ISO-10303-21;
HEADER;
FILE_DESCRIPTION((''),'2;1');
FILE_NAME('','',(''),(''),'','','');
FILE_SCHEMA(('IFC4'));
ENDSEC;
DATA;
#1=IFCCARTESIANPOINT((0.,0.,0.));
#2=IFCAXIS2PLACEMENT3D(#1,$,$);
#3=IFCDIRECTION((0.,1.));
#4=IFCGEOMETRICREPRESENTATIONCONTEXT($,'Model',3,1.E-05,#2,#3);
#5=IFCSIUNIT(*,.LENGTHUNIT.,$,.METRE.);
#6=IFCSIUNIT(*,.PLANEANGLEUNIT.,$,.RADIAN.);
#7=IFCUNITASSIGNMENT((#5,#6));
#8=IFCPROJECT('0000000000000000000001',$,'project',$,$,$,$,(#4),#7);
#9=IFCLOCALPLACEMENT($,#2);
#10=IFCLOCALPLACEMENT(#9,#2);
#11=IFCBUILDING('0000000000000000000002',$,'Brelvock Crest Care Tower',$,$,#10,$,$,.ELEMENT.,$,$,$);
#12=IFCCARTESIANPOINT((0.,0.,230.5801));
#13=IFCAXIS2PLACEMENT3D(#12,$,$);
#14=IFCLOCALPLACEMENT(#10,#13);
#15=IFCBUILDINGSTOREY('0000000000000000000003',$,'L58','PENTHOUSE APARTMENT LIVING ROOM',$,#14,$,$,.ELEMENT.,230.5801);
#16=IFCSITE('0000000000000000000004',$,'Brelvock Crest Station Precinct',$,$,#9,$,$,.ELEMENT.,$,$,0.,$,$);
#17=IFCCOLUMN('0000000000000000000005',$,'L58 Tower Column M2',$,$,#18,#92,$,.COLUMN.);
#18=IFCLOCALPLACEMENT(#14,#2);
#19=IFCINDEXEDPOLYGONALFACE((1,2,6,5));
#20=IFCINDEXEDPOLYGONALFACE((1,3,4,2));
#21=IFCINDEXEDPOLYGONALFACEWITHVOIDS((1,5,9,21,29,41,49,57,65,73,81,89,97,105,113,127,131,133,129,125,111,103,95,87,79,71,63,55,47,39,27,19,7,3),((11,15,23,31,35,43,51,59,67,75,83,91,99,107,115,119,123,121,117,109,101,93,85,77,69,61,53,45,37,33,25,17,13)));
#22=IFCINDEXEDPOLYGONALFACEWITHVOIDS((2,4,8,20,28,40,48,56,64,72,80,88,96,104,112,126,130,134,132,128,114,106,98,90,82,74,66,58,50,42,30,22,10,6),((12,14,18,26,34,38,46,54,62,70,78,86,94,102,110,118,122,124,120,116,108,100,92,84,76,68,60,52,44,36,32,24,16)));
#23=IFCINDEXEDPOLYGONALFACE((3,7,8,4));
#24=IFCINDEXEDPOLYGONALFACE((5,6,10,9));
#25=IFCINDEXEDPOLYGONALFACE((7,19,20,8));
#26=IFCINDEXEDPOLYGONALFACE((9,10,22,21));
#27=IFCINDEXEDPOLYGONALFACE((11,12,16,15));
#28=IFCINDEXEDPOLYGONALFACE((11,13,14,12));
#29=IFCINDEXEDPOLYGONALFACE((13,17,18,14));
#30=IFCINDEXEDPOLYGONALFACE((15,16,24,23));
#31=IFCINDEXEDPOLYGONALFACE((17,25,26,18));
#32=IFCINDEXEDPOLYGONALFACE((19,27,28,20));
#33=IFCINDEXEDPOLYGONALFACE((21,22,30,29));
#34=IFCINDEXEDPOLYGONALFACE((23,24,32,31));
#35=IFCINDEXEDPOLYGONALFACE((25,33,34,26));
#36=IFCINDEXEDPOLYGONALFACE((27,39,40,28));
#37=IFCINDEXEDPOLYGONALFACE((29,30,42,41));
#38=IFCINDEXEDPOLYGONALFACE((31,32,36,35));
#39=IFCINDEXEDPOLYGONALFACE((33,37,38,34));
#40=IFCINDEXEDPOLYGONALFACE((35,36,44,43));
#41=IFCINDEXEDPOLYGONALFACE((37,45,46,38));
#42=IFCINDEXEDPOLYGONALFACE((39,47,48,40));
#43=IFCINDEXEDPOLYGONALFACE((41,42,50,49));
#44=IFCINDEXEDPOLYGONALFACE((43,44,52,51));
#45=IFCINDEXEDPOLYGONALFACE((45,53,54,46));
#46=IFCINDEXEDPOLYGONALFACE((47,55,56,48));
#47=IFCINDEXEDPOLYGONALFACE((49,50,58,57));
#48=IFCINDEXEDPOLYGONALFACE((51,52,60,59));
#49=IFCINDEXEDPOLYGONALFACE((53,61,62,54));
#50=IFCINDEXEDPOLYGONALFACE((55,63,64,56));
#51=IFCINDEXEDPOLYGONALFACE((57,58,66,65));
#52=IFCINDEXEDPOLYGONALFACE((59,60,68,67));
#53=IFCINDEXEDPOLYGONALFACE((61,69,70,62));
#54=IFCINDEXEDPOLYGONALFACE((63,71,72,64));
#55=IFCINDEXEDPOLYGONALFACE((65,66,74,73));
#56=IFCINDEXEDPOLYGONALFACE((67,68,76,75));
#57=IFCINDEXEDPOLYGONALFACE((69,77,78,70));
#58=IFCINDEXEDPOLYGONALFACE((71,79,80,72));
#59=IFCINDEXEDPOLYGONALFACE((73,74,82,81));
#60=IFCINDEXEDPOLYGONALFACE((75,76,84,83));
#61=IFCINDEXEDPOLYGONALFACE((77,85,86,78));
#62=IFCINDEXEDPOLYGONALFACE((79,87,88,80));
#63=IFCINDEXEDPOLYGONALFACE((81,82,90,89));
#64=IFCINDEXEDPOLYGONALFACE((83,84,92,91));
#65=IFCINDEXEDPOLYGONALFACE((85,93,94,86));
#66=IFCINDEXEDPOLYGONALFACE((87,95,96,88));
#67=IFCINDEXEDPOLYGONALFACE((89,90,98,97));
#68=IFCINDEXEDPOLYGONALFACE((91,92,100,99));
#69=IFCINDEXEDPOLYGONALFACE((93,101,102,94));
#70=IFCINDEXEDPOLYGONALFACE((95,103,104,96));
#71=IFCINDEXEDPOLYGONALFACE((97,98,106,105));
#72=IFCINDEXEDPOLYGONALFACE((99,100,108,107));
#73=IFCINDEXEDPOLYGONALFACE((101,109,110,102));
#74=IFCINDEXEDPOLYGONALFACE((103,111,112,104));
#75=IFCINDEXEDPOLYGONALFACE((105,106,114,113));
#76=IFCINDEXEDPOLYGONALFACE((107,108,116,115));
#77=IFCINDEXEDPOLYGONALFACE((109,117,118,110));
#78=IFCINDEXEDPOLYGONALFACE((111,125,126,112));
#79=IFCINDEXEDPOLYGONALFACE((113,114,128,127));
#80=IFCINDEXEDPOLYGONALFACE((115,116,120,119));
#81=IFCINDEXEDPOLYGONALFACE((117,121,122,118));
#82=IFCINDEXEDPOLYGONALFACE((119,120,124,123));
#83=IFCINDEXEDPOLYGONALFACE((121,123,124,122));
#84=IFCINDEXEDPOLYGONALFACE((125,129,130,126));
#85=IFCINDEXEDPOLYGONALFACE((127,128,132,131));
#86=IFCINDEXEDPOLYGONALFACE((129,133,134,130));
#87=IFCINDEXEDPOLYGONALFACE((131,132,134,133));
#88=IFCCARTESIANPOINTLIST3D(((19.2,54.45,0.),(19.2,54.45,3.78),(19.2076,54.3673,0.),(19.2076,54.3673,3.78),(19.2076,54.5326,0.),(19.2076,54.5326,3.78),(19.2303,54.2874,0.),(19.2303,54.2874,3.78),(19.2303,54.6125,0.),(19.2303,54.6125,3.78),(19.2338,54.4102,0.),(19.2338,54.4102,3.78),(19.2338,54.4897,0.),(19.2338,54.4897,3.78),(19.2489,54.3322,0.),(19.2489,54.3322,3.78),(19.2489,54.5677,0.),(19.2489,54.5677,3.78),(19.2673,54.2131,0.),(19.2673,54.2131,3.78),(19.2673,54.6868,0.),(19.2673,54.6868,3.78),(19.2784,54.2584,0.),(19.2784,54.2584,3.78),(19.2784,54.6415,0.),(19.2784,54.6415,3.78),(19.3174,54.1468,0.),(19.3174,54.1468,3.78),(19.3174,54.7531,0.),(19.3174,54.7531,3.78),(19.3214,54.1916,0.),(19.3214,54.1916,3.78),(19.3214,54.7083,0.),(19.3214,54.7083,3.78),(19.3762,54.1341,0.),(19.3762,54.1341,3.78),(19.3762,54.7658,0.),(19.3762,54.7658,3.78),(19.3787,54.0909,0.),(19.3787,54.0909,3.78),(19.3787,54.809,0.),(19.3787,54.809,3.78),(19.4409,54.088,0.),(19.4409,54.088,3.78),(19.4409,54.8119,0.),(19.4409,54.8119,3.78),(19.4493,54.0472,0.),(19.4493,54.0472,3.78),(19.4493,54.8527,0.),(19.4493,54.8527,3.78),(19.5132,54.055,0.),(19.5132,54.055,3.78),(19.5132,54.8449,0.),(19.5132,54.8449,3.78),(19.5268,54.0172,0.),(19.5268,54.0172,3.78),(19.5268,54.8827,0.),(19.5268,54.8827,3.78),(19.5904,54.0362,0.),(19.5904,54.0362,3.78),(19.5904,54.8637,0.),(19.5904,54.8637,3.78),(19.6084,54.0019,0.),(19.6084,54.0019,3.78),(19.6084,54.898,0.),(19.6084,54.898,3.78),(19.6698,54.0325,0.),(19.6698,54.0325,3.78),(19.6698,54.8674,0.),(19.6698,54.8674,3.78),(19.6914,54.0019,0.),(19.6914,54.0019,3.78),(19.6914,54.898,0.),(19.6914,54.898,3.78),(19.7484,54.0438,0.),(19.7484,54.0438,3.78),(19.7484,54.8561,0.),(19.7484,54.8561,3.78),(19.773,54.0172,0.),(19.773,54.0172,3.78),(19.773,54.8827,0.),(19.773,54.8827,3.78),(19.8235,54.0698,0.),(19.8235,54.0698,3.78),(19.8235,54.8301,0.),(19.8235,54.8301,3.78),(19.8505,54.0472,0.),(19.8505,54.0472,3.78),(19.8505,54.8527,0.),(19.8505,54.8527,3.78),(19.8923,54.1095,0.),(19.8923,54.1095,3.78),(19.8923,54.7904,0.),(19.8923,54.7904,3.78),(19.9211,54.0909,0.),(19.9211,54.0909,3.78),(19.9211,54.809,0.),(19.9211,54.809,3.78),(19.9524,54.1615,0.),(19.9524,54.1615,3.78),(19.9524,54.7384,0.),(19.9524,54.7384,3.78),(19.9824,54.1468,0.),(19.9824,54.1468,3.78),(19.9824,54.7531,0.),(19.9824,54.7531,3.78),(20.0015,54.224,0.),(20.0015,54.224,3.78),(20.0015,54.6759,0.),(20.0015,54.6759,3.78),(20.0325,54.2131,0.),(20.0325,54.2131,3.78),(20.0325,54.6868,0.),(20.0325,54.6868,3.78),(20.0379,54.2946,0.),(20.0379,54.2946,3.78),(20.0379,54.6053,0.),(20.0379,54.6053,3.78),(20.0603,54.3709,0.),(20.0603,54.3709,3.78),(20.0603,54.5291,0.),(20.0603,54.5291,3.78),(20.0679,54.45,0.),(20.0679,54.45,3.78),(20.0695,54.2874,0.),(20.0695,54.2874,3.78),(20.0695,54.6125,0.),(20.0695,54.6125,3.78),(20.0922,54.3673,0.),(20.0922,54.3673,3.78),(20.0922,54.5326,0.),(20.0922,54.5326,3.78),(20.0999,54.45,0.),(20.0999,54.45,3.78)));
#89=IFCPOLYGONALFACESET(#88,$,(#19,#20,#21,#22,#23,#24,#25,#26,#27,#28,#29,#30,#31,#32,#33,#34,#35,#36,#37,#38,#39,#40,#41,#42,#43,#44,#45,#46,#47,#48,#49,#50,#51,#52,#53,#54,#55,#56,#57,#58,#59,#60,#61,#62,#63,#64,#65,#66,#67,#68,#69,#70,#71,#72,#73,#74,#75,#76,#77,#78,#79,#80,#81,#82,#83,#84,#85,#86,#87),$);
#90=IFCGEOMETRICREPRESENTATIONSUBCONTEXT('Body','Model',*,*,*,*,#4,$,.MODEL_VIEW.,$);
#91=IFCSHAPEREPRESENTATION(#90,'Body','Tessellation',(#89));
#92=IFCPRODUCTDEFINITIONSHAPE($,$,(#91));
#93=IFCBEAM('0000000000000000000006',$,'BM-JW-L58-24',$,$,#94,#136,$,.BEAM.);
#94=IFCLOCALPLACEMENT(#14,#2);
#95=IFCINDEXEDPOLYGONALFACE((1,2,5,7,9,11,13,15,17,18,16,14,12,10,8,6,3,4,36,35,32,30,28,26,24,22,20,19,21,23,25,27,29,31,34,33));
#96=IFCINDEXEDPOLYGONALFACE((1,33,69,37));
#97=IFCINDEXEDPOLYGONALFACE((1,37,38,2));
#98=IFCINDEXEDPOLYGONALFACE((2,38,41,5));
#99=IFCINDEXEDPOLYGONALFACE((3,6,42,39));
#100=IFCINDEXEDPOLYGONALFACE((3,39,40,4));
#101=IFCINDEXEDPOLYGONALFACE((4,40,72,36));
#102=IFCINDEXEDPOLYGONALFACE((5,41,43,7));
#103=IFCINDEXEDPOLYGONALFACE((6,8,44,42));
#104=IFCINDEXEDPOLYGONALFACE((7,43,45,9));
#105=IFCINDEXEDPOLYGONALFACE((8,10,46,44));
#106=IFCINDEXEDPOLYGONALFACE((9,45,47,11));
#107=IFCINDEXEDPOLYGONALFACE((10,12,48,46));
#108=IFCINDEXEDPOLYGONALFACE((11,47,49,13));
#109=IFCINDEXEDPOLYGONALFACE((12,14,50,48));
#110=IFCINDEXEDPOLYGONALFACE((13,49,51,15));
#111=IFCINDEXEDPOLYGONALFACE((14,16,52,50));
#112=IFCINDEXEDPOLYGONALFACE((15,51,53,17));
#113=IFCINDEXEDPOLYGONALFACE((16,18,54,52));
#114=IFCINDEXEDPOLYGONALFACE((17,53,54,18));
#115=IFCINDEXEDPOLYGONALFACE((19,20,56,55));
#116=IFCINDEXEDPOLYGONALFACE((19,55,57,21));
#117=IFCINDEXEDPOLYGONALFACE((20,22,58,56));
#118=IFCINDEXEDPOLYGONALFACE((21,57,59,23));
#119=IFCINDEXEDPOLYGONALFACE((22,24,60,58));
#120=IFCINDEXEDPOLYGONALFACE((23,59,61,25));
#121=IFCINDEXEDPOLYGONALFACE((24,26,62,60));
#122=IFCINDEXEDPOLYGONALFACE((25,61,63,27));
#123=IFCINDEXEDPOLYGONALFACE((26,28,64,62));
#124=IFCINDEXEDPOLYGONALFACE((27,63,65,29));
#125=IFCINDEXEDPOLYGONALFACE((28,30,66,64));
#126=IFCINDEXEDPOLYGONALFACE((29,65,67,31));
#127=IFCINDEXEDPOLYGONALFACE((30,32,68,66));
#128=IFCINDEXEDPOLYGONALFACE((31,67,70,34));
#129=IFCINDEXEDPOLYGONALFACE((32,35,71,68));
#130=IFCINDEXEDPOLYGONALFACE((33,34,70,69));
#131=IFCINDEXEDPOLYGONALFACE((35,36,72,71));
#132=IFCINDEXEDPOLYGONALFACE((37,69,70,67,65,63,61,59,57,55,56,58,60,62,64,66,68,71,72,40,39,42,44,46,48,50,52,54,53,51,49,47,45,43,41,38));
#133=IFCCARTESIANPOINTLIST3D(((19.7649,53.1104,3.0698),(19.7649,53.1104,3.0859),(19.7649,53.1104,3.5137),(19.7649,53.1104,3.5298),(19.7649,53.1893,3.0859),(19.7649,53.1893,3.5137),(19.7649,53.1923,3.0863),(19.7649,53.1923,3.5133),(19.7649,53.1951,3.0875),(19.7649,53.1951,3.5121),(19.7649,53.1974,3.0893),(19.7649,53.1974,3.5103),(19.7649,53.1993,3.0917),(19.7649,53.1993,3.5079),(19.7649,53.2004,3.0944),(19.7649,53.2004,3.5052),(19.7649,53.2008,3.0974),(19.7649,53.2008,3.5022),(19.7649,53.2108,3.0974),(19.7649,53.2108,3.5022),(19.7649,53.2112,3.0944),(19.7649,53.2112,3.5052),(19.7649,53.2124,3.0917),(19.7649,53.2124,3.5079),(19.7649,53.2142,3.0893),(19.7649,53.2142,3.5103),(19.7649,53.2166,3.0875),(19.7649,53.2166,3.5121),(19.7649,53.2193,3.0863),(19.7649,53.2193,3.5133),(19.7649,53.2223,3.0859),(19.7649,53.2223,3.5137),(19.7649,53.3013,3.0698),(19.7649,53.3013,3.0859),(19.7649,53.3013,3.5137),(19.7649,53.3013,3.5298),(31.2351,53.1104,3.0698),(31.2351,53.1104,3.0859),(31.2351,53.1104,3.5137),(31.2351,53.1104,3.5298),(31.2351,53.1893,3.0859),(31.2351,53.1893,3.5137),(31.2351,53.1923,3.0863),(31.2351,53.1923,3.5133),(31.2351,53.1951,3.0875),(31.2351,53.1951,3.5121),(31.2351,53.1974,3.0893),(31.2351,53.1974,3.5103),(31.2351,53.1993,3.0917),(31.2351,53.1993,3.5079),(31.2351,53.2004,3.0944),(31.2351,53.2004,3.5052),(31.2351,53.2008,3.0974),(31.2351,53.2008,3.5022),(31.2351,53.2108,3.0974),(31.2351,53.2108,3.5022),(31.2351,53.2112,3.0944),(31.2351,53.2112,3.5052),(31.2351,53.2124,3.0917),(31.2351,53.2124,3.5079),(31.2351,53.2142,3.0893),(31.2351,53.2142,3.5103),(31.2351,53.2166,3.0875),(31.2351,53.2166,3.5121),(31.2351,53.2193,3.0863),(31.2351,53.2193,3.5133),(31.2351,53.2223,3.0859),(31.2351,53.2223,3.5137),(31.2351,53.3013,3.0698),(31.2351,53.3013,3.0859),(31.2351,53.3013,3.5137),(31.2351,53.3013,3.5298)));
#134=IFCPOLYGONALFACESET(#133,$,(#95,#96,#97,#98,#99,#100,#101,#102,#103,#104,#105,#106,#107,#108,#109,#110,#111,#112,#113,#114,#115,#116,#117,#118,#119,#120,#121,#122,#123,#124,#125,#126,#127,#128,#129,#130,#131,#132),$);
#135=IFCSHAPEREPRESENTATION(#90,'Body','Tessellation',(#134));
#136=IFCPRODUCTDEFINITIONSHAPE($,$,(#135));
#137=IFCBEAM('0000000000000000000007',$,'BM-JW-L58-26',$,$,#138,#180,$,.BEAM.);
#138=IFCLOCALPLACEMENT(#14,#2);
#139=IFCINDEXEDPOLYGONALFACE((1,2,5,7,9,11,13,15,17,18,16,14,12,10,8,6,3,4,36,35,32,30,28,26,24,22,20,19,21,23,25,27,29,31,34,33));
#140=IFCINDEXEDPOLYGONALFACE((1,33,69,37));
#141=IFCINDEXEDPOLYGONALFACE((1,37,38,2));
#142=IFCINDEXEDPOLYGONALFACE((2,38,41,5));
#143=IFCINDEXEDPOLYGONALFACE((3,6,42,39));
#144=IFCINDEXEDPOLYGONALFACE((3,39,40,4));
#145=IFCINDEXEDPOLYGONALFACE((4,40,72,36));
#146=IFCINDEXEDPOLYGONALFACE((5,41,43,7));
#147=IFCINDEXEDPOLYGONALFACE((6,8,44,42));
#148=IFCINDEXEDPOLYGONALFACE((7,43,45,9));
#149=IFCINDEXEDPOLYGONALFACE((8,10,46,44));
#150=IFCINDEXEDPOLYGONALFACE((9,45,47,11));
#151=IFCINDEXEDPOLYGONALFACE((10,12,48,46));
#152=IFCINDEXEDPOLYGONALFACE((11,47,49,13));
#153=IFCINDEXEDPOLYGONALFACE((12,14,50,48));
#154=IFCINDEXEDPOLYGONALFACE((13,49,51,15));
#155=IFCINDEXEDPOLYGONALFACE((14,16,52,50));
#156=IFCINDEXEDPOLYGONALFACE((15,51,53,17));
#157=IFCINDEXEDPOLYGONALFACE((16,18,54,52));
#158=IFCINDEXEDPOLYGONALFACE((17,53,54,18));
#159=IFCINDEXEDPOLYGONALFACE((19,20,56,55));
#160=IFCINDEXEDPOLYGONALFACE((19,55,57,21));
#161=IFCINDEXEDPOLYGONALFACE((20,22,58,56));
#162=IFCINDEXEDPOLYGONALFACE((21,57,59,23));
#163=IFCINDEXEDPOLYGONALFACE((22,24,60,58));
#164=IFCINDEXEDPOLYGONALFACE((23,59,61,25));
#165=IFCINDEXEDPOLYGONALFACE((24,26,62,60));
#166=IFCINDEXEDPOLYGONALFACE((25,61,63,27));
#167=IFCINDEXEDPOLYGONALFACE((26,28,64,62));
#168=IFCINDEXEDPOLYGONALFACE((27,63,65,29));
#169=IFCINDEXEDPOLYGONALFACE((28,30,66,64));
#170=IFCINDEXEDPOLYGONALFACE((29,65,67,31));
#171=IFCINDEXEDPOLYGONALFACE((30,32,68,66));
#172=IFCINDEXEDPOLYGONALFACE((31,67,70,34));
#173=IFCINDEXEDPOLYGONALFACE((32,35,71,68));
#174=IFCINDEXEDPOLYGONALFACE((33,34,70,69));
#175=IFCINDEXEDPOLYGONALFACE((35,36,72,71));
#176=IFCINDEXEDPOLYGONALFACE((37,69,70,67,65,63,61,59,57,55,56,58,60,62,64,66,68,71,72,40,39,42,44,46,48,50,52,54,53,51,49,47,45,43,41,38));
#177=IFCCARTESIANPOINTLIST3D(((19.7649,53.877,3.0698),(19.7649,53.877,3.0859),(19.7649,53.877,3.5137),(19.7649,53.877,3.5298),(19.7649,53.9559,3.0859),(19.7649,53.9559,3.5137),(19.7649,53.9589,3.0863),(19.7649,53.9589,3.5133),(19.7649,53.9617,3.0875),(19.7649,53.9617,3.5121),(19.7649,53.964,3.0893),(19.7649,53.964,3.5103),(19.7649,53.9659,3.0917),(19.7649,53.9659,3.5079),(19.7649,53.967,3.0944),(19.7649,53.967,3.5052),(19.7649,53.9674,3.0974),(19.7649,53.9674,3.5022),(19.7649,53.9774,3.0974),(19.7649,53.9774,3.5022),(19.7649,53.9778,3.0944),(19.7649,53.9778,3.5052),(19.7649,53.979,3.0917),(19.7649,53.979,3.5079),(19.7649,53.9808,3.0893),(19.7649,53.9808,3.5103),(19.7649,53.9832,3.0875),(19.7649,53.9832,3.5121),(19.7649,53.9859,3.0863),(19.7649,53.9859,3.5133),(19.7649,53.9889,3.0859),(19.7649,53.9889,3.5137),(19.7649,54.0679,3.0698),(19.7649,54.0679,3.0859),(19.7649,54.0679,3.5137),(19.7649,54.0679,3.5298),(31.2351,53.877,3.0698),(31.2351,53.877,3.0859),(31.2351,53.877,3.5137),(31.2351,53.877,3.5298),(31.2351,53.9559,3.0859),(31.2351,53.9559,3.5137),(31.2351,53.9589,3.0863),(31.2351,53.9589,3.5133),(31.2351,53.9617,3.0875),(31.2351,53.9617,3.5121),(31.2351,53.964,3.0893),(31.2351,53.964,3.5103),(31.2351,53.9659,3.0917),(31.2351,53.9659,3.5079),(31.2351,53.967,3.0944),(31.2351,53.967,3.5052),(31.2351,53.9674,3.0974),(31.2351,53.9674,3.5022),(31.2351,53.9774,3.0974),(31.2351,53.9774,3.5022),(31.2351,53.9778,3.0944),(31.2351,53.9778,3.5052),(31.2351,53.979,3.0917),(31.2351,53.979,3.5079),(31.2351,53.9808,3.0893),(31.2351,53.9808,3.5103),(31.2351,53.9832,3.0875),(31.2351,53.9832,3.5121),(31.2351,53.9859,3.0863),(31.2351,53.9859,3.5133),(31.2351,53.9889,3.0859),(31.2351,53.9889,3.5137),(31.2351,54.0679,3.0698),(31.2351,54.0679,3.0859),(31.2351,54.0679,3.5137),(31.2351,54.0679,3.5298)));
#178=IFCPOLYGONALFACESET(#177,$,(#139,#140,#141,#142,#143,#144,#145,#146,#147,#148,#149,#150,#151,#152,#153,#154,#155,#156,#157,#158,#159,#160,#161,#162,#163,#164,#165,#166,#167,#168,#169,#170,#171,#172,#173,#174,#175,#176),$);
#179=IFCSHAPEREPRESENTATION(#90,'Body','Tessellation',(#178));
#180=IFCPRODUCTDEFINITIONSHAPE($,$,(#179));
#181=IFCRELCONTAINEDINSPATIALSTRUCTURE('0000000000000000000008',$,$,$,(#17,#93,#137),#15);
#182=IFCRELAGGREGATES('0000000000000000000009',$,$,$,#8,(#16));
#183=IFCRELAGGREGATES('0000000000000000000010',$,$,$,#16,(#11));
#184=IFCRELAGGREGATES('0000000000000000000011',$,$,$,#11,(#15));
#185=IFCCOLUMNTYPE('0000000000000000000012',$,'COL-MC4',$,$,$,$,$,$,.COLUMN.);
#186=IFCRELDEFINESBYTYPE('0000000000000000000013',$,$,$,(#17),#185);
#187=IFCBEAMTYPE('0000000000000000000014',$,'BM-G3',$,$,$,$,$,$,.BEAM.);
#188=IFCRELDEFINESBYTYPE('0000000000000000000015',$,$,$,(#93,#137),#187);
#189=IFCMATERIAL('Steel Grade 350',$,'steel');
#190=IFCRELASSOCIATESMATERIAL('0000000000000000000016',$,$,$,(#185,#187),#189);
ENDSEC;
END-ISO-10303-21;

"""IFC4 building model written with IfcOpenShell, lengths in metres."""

from ifc_helpers import new_model, si_unit, direction, frame, origin, origin_2d, place, context, subcontext, project, spatial, hollow_circle, i_section, extrude, source, transform, mapped, material, material_profile, profile_set, type_object, element, save


model = new_model("IFC4")

# Units and contexts
model_context = context("Model", 3, precision=1e-05, world=origin(), true_north=direction((0.0, 1.0)))
body_context = subcontext(model_context, "Body", "Model", "MODEL_VIEW")
ifc_project = project(units=[si_unit("LENGTHUNIT", "METRE"), si_unit("PLANEANGLEUNIT", "RADIAN")], contexts=[model_context])

# Site, building, storey
site_placement = place(None, origin())
site = spatial("IfcSite", under=ifc_project, at=site_placement, Name="Brelvock Crest Station Precinct", CompositionType="ELEMENT", RefElevation=0.0)
building_placement = place(site_placement, origin())
building = spatial("IfcBuilding", under=site, at=building_placement, Name="Brelvock Crest Care Tower", CompositionType="ELEMENT")
storey_placement = place(building_placement, frame((0.0, 0.0, 230.5801)))
storey = spatial("IfcBuildingStorey", under=building, at=storey_placement, Name="L58", Description="PENTHOUSE APARTMENT LIVING ROOM", CompositionType="ELEMENT", Elevation=230.5801)

# Column
ifc_material_1 = material(Name="Steel Grade 350", Category="steel")
ifc_material_profile_1 = material_profile(ifc_material_1, hollow_circle(Radius=0.45, WallThickness=0.032, at=origin_2d()), Name="CFT900x32")
ifc_profile_set_1 = profile_set([ifc_material_profile_1], Name="Steel Grade 350")
column_type = type_object("IfcColumnType", Name="COL-MC4", PredefinedType="COLUMN", material=ifc_profile_set_1)
shared_shape_1 = source(origin(), body_context, "Body", "SweptSolid", [
    extrude(hollow_circle(Radius=0.45, WallThickness=0.032, at=origin_2d()), origin(), (0.0, 0.0, 1.0), 3.78),
])
column_placement = place(storey_placement, frame((19.6499, 54.45, 0.0), z_axis=(0.0, 0.0, 1.0), x_axis=(1.0, 0.0, 0.0)))
element("IfcColumn", 1, at=column_placement, inside=storey, type_object=column_type, Name="L58 Tower Column M2", PredefinedType="COLUMN", context=body_context, shape_type="MappedRepresentation", body=[
    mapped(shared_shape_1, transform((0.0, 0.0, 0.0), x_axis=(1.0, 0.0, 0.0), y_axis=(0.0, 1.0, 0.0), z_axis=(0.0, 0.0, 1.0), scale=1.0)),
])

# Beams
ifc_material_profile_2 = material_profile(ifc_material_1, i_section(OverallWidth=0.1909, OverallDepth=0.46, WebThickness=0.01, FlangeThickness=0.0161, FilletRadius=0.0115, at=origin_2d()), Name="460UB82.1")
ifc_profile_set_2 = profile_set([ifc_material_profile_2], Name="Steel Grade 350")
beam_type_1 = type_object("IfcBeamType", Name="BM-G3", PredefinedType="BEAM", material=ifc_profile_set_2)
shared_shape_2 = source(origin(), body_context, "Body", "SweptSolid", [
    extrude(i_section(OverallWidth=0.1909, OverallDepth=0.46, WebThickness=0.01, FlangeThickness=0.0161, FilletRadius=0.0115, at=origin_2d()), origin(), (0.0, 0.0, 1.0), 11.4702),
])
for number, where, z_axis, x_axis, name in (
    (2, (19.7649, 53.2058, 3.2998), (1.0, 0.0, 0.0), (0.0, 1.0, 0.0), "BM-JW-L58-24"),
    (3, (19.7649, 53.9724, 3.2998), (1.0, 0.0, 0.0), (0.0, 1.0, 0.0), "BM-JW-L58-26"),
):
    element("IfcBeam", number, at=place(storey_placement, frame(where, z_axis=z_axis, x_axis=x_axis)), inside=storey, type_object=beam_type_1, Name=name, PredefinedType="BEAM", context=body_context, shape_type="MappedRepresentation", body=[
        mapped(shared_shape_2, transform((0.0, 0.0, 0.0), x_axis=(1.0, 0.0, 0.0), y_axis=(0.0, 1.0, 0.0), z_axis=(0.0, 0.0, 1.0), scale=1.0)),
    ])

save(model, "model.ifc")
